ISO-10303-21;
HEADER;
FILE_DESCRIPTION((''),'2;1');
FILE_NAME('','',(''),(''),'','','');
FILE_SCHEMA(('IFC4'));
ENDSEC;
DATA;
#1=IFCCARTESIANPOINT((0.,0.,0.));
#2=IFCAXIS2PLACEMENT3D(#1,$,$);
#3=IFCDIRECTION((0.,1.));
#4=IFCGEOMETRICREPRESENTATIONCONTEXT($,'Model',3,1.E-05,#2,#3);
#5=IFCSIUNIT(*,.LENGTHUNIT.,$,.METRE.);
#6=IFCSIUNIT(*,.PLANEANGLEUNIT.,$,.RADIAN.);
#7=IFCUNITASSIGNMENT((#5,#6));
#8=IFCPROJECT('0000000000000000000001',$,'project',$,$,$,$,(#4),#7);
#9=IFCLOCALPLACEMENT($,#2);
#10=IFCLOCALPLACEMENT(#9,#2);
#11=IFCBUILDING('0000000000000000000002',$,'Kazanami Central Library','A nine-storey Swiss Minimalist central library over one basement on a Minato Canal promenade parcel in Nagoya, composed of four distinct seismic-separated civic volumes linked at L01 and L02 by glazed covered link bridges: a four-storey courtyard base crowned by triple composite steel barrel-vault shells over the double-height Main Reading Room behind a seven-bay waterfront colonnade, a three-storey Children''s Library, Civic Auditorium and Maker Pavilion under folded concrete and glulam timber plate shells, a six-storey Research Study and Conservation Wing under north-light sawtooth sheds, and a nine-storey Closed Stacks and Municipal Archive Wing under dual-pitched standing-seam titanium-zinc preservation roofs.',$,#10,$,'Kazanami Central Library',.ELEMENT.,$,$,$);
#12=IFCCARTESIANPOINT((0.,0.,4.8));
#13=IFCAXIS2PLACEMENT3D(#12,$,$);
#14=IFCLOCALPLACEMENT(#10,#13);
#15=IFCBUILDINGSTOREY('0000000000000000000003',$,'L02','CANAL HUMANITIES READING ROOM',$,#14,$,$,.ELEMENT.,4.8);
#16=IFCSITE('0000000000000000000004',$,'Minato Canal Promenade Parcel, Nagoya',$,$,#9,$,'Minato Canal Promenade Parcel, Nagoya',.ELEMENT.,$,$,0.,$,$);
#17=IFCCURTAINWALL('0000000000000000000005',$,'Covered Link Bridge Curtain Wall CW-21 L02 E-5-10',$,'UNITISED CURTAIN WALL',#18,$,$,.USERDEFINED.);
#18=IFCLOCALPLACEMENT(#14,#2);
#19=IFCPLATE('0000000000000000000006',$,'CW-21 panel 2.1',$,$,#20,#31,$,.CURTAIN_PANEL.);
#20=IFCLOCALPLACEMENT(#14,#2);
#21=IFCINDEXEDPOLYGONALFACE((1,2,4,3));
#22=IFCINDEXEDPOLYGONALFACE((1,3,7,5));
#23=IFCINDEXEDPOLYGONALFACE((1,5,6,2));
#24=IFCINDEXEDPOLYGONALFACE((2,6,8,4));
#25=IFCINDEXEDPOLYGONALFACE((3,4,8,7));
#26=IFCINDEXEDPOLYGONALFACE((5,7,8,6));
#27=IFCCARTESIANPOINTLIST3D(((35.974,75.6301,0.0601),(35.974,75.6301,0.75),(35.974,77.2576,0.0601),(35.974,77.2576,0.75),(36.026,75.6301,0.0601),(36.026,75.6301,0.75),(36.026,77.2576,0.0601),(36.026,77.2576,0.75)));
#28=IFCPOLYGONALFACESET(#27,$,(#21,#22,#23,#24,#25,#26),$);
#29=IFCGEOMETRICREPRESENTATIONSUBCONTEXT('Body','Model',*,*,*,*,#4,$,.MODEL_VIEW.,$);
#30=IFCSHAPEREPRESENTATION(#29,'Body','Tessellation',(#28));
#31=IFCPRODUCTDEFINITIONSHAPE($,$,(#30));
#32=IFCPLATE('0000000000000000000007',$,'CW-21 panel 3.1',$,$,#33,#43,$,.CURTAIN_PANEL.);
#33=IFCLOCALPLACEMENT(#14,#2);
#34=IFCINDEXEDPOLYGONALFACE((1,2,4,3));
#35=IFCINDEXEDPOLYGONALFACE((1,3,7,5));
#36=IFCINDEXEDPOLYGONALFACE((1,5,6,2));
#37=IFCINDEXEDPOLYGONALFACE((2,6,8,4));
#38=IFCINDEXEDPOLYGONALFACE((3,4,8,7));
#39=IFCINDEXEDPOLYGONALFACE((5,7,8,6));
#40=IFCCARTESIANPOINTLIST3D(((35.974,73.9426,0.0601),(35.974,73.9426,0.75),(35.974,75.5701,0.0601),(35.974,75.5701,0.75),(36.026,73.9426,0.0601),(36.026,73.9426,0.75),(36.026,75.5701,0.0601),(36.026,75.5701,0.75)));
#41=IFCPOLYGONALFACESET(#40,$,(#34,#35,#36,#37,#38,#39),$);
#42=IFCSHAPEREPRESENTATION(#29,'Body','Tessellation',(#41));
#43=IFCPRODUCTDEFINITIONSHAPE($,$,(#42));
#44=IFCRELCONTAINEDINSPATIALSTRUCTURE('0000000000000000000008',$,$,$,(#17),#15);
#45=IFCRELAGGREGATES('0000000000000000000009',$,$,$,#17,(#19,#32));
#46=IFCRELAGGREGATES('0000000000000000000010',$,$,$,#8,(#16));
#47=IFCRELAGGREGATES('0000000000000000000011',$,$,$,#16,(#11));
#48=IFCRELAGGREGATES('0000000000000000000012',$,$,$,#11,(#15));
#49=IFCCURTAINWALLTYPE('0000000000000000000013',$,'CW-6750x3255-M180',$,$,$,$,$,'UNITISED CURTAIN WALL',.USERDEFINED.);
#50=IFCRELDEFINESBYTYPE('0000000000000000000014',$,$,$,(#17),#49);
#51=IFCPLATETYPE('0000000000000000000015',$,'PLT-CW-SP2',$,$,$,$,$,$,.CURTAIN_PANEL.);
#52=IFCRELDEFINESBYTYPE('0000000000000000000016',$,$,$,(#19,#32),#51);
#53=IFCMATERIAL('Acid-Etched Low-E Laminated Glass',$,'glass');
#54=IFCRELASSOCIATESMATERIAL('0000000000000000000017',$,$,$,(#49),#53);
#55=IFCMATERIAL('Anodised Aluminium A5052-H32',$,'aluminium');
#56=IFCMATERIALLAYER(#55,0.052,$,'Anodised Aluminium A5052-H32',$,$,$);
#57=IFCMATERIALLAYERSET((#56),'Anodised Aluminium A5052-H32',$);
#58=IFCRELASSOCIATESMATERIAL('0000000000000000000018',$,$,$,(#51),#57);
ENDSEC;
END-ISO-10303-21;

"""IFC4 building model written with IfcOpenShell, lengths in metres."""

from ifc_helpers import new_model, si_unit, direction, frame, origin, origin_2d, place, context, subcontext, project, spatial, rectangle, extrude, material, layer, layer_set, type_object, element, aggregate, save


model = new_model("IFC4")

# Units and contexts
model_context = context("Model", 3, precision=1e-05, world=origin(), true_north=direction((0.0, 1.0)))
body_context = subcontext(model_context, "Body", "Model", "MODEL_VIEW")
ifc_project = project(units=[si_unit("LENGTHUNIT", "METRE"), si_unit("PLANEANGLEUNIT", "RADIAN")], contexts=[model_context])

# Site, building, storey
site_placement = place(None, origin())
site = spatial("IfcSite", under=ifc_project, at=site_placement, Name="Minato Canal Promenade Parcel, Nagoya", LongName="Minato Canal Promenade Parcel, Nagoya", CompositionType="ELEMENT", RefElevation=0.0)
building_placement = place(site_placement, origin())
building = spatial("IfcBuilding", under=site, at=building_placement, Name="Kazanami Central Library", Description="A nine-storey Swiss Minimalist central library over one basement on a Minato Canal promenade parcel in Nagoya, composed of four distinct seismic-separated civic volumes linked at L01 and L02 by glazed covered link bridges: a four-storey courtyard base crowned by triple composite steel barrel-vault shells over the double-height Main Reading Room behind a seven-bay waterfront colonnade, a three-storey Children's Library, Civic Auditorium and Maker Pavilion under folded concrete and glulam timber plate shells, a six-storey Research Study and Conservation Wing under north-light sawtooth sheds, and a nine-storey Closed Stacks and Municipal Archive Wing under dual-pitched standing-seam titanium-zinc preservation roofs.", LongName="Kazanami Central Library", CompositionType="ELEMENT")
storey_placement = place(building_placement, frame((0.0, 0.0, 4.8)))
storey = spatial("IfcBuildingStorey", under=building, at=storey_placement, Name="L02", Description="CANAL HUMANITIES READING ROOM", CompositionType="ELEMENT", Elevation=4.8)

# Curtain wall
ifc_material_1 = material(Name="Acid-Etched Low-E Laminated Glass", Category="glass")
curtain_wall_type = type_object("IfcCurtainWallType", Name="CW-6750x3255-M180", ElementType="UNITISED CURTAIN WALL", PredefinedType="USERDEFINED", material=ifc_material_1)
curtain_wall_1_placement = place(storey_placement, origin())
curtain_wall_1 = element("IfcCurtainWall", 1, at=curtain_wall_1_placement, inside=storey, type_object=curtain_wall_type, Name="Covered Link Bridge Curtain Wall CW-21 L02 E-5-10", ObjectType="UNITISED CURTAIN WALL", PredefinedType="USERDEFINED")

# Plates
ifc_material_2 = material(Name="Anodised Aluminium A5052-H32", Category="aluminium")
ifc_layer_1 = layer(ifc_material_2, 0.052, Name="Anodised Aluminium A5052-H32")
ifc_layer_set_1 = layer_set([ifc_layer_1], Name="Anodised Aluminium A5052-H32")
plate_type_1 = type_object("IfcPlateType", Name="PLT-CW-SP2", PredefinedType="CURTAIN_PANEL", material=ifc_layer_set_1)
plate_1_placement = place(storey_placement, frame((36.0, 76.4438, 0.0601), z_axis=(0.0, 0.0, 1.0), x_axis=(0.0, -1.0, 0.0)))
plate_1 = element("IfcPlate", 2, at=plate_1_placement, type_object=plate_type_1, Name="CW-21 panel 2.1", PredefinedType="CURTAIN_PANEL", context=body_context, shape_type="SweptSolid", body=[
    extrude(rectangle(XDim=1.6274, YDim=0.052, at=origin_2d()), origin(), (0.0, 0.0, 1.0), 0.6899),
])
plate_2_placement = place(storey_placement, frame((36.0, 74.7563, 0.0601), z_axis=(0.0, 0.0, 1.0), x_axis=(0.0, -1.0, 0.0)))
plate_2 = element("IfcPlate", 3, at=plate_2_placement, type_object=plate_type_1, Name="CW-21 panel 3.1", PredefinedType="CURTAIN_PANEL", context=body_context, shape_type="SweptSolid", body=[
    extrude(rectangle(XDim=1.6274, YDim=0.052, at=origin_2d()), origin(), (0.0, 0.0, 1.0), 0.6899),
])
aggregate(curtain_wall_1, [plate_1, plate_2])

save(model, "model.ifc")
